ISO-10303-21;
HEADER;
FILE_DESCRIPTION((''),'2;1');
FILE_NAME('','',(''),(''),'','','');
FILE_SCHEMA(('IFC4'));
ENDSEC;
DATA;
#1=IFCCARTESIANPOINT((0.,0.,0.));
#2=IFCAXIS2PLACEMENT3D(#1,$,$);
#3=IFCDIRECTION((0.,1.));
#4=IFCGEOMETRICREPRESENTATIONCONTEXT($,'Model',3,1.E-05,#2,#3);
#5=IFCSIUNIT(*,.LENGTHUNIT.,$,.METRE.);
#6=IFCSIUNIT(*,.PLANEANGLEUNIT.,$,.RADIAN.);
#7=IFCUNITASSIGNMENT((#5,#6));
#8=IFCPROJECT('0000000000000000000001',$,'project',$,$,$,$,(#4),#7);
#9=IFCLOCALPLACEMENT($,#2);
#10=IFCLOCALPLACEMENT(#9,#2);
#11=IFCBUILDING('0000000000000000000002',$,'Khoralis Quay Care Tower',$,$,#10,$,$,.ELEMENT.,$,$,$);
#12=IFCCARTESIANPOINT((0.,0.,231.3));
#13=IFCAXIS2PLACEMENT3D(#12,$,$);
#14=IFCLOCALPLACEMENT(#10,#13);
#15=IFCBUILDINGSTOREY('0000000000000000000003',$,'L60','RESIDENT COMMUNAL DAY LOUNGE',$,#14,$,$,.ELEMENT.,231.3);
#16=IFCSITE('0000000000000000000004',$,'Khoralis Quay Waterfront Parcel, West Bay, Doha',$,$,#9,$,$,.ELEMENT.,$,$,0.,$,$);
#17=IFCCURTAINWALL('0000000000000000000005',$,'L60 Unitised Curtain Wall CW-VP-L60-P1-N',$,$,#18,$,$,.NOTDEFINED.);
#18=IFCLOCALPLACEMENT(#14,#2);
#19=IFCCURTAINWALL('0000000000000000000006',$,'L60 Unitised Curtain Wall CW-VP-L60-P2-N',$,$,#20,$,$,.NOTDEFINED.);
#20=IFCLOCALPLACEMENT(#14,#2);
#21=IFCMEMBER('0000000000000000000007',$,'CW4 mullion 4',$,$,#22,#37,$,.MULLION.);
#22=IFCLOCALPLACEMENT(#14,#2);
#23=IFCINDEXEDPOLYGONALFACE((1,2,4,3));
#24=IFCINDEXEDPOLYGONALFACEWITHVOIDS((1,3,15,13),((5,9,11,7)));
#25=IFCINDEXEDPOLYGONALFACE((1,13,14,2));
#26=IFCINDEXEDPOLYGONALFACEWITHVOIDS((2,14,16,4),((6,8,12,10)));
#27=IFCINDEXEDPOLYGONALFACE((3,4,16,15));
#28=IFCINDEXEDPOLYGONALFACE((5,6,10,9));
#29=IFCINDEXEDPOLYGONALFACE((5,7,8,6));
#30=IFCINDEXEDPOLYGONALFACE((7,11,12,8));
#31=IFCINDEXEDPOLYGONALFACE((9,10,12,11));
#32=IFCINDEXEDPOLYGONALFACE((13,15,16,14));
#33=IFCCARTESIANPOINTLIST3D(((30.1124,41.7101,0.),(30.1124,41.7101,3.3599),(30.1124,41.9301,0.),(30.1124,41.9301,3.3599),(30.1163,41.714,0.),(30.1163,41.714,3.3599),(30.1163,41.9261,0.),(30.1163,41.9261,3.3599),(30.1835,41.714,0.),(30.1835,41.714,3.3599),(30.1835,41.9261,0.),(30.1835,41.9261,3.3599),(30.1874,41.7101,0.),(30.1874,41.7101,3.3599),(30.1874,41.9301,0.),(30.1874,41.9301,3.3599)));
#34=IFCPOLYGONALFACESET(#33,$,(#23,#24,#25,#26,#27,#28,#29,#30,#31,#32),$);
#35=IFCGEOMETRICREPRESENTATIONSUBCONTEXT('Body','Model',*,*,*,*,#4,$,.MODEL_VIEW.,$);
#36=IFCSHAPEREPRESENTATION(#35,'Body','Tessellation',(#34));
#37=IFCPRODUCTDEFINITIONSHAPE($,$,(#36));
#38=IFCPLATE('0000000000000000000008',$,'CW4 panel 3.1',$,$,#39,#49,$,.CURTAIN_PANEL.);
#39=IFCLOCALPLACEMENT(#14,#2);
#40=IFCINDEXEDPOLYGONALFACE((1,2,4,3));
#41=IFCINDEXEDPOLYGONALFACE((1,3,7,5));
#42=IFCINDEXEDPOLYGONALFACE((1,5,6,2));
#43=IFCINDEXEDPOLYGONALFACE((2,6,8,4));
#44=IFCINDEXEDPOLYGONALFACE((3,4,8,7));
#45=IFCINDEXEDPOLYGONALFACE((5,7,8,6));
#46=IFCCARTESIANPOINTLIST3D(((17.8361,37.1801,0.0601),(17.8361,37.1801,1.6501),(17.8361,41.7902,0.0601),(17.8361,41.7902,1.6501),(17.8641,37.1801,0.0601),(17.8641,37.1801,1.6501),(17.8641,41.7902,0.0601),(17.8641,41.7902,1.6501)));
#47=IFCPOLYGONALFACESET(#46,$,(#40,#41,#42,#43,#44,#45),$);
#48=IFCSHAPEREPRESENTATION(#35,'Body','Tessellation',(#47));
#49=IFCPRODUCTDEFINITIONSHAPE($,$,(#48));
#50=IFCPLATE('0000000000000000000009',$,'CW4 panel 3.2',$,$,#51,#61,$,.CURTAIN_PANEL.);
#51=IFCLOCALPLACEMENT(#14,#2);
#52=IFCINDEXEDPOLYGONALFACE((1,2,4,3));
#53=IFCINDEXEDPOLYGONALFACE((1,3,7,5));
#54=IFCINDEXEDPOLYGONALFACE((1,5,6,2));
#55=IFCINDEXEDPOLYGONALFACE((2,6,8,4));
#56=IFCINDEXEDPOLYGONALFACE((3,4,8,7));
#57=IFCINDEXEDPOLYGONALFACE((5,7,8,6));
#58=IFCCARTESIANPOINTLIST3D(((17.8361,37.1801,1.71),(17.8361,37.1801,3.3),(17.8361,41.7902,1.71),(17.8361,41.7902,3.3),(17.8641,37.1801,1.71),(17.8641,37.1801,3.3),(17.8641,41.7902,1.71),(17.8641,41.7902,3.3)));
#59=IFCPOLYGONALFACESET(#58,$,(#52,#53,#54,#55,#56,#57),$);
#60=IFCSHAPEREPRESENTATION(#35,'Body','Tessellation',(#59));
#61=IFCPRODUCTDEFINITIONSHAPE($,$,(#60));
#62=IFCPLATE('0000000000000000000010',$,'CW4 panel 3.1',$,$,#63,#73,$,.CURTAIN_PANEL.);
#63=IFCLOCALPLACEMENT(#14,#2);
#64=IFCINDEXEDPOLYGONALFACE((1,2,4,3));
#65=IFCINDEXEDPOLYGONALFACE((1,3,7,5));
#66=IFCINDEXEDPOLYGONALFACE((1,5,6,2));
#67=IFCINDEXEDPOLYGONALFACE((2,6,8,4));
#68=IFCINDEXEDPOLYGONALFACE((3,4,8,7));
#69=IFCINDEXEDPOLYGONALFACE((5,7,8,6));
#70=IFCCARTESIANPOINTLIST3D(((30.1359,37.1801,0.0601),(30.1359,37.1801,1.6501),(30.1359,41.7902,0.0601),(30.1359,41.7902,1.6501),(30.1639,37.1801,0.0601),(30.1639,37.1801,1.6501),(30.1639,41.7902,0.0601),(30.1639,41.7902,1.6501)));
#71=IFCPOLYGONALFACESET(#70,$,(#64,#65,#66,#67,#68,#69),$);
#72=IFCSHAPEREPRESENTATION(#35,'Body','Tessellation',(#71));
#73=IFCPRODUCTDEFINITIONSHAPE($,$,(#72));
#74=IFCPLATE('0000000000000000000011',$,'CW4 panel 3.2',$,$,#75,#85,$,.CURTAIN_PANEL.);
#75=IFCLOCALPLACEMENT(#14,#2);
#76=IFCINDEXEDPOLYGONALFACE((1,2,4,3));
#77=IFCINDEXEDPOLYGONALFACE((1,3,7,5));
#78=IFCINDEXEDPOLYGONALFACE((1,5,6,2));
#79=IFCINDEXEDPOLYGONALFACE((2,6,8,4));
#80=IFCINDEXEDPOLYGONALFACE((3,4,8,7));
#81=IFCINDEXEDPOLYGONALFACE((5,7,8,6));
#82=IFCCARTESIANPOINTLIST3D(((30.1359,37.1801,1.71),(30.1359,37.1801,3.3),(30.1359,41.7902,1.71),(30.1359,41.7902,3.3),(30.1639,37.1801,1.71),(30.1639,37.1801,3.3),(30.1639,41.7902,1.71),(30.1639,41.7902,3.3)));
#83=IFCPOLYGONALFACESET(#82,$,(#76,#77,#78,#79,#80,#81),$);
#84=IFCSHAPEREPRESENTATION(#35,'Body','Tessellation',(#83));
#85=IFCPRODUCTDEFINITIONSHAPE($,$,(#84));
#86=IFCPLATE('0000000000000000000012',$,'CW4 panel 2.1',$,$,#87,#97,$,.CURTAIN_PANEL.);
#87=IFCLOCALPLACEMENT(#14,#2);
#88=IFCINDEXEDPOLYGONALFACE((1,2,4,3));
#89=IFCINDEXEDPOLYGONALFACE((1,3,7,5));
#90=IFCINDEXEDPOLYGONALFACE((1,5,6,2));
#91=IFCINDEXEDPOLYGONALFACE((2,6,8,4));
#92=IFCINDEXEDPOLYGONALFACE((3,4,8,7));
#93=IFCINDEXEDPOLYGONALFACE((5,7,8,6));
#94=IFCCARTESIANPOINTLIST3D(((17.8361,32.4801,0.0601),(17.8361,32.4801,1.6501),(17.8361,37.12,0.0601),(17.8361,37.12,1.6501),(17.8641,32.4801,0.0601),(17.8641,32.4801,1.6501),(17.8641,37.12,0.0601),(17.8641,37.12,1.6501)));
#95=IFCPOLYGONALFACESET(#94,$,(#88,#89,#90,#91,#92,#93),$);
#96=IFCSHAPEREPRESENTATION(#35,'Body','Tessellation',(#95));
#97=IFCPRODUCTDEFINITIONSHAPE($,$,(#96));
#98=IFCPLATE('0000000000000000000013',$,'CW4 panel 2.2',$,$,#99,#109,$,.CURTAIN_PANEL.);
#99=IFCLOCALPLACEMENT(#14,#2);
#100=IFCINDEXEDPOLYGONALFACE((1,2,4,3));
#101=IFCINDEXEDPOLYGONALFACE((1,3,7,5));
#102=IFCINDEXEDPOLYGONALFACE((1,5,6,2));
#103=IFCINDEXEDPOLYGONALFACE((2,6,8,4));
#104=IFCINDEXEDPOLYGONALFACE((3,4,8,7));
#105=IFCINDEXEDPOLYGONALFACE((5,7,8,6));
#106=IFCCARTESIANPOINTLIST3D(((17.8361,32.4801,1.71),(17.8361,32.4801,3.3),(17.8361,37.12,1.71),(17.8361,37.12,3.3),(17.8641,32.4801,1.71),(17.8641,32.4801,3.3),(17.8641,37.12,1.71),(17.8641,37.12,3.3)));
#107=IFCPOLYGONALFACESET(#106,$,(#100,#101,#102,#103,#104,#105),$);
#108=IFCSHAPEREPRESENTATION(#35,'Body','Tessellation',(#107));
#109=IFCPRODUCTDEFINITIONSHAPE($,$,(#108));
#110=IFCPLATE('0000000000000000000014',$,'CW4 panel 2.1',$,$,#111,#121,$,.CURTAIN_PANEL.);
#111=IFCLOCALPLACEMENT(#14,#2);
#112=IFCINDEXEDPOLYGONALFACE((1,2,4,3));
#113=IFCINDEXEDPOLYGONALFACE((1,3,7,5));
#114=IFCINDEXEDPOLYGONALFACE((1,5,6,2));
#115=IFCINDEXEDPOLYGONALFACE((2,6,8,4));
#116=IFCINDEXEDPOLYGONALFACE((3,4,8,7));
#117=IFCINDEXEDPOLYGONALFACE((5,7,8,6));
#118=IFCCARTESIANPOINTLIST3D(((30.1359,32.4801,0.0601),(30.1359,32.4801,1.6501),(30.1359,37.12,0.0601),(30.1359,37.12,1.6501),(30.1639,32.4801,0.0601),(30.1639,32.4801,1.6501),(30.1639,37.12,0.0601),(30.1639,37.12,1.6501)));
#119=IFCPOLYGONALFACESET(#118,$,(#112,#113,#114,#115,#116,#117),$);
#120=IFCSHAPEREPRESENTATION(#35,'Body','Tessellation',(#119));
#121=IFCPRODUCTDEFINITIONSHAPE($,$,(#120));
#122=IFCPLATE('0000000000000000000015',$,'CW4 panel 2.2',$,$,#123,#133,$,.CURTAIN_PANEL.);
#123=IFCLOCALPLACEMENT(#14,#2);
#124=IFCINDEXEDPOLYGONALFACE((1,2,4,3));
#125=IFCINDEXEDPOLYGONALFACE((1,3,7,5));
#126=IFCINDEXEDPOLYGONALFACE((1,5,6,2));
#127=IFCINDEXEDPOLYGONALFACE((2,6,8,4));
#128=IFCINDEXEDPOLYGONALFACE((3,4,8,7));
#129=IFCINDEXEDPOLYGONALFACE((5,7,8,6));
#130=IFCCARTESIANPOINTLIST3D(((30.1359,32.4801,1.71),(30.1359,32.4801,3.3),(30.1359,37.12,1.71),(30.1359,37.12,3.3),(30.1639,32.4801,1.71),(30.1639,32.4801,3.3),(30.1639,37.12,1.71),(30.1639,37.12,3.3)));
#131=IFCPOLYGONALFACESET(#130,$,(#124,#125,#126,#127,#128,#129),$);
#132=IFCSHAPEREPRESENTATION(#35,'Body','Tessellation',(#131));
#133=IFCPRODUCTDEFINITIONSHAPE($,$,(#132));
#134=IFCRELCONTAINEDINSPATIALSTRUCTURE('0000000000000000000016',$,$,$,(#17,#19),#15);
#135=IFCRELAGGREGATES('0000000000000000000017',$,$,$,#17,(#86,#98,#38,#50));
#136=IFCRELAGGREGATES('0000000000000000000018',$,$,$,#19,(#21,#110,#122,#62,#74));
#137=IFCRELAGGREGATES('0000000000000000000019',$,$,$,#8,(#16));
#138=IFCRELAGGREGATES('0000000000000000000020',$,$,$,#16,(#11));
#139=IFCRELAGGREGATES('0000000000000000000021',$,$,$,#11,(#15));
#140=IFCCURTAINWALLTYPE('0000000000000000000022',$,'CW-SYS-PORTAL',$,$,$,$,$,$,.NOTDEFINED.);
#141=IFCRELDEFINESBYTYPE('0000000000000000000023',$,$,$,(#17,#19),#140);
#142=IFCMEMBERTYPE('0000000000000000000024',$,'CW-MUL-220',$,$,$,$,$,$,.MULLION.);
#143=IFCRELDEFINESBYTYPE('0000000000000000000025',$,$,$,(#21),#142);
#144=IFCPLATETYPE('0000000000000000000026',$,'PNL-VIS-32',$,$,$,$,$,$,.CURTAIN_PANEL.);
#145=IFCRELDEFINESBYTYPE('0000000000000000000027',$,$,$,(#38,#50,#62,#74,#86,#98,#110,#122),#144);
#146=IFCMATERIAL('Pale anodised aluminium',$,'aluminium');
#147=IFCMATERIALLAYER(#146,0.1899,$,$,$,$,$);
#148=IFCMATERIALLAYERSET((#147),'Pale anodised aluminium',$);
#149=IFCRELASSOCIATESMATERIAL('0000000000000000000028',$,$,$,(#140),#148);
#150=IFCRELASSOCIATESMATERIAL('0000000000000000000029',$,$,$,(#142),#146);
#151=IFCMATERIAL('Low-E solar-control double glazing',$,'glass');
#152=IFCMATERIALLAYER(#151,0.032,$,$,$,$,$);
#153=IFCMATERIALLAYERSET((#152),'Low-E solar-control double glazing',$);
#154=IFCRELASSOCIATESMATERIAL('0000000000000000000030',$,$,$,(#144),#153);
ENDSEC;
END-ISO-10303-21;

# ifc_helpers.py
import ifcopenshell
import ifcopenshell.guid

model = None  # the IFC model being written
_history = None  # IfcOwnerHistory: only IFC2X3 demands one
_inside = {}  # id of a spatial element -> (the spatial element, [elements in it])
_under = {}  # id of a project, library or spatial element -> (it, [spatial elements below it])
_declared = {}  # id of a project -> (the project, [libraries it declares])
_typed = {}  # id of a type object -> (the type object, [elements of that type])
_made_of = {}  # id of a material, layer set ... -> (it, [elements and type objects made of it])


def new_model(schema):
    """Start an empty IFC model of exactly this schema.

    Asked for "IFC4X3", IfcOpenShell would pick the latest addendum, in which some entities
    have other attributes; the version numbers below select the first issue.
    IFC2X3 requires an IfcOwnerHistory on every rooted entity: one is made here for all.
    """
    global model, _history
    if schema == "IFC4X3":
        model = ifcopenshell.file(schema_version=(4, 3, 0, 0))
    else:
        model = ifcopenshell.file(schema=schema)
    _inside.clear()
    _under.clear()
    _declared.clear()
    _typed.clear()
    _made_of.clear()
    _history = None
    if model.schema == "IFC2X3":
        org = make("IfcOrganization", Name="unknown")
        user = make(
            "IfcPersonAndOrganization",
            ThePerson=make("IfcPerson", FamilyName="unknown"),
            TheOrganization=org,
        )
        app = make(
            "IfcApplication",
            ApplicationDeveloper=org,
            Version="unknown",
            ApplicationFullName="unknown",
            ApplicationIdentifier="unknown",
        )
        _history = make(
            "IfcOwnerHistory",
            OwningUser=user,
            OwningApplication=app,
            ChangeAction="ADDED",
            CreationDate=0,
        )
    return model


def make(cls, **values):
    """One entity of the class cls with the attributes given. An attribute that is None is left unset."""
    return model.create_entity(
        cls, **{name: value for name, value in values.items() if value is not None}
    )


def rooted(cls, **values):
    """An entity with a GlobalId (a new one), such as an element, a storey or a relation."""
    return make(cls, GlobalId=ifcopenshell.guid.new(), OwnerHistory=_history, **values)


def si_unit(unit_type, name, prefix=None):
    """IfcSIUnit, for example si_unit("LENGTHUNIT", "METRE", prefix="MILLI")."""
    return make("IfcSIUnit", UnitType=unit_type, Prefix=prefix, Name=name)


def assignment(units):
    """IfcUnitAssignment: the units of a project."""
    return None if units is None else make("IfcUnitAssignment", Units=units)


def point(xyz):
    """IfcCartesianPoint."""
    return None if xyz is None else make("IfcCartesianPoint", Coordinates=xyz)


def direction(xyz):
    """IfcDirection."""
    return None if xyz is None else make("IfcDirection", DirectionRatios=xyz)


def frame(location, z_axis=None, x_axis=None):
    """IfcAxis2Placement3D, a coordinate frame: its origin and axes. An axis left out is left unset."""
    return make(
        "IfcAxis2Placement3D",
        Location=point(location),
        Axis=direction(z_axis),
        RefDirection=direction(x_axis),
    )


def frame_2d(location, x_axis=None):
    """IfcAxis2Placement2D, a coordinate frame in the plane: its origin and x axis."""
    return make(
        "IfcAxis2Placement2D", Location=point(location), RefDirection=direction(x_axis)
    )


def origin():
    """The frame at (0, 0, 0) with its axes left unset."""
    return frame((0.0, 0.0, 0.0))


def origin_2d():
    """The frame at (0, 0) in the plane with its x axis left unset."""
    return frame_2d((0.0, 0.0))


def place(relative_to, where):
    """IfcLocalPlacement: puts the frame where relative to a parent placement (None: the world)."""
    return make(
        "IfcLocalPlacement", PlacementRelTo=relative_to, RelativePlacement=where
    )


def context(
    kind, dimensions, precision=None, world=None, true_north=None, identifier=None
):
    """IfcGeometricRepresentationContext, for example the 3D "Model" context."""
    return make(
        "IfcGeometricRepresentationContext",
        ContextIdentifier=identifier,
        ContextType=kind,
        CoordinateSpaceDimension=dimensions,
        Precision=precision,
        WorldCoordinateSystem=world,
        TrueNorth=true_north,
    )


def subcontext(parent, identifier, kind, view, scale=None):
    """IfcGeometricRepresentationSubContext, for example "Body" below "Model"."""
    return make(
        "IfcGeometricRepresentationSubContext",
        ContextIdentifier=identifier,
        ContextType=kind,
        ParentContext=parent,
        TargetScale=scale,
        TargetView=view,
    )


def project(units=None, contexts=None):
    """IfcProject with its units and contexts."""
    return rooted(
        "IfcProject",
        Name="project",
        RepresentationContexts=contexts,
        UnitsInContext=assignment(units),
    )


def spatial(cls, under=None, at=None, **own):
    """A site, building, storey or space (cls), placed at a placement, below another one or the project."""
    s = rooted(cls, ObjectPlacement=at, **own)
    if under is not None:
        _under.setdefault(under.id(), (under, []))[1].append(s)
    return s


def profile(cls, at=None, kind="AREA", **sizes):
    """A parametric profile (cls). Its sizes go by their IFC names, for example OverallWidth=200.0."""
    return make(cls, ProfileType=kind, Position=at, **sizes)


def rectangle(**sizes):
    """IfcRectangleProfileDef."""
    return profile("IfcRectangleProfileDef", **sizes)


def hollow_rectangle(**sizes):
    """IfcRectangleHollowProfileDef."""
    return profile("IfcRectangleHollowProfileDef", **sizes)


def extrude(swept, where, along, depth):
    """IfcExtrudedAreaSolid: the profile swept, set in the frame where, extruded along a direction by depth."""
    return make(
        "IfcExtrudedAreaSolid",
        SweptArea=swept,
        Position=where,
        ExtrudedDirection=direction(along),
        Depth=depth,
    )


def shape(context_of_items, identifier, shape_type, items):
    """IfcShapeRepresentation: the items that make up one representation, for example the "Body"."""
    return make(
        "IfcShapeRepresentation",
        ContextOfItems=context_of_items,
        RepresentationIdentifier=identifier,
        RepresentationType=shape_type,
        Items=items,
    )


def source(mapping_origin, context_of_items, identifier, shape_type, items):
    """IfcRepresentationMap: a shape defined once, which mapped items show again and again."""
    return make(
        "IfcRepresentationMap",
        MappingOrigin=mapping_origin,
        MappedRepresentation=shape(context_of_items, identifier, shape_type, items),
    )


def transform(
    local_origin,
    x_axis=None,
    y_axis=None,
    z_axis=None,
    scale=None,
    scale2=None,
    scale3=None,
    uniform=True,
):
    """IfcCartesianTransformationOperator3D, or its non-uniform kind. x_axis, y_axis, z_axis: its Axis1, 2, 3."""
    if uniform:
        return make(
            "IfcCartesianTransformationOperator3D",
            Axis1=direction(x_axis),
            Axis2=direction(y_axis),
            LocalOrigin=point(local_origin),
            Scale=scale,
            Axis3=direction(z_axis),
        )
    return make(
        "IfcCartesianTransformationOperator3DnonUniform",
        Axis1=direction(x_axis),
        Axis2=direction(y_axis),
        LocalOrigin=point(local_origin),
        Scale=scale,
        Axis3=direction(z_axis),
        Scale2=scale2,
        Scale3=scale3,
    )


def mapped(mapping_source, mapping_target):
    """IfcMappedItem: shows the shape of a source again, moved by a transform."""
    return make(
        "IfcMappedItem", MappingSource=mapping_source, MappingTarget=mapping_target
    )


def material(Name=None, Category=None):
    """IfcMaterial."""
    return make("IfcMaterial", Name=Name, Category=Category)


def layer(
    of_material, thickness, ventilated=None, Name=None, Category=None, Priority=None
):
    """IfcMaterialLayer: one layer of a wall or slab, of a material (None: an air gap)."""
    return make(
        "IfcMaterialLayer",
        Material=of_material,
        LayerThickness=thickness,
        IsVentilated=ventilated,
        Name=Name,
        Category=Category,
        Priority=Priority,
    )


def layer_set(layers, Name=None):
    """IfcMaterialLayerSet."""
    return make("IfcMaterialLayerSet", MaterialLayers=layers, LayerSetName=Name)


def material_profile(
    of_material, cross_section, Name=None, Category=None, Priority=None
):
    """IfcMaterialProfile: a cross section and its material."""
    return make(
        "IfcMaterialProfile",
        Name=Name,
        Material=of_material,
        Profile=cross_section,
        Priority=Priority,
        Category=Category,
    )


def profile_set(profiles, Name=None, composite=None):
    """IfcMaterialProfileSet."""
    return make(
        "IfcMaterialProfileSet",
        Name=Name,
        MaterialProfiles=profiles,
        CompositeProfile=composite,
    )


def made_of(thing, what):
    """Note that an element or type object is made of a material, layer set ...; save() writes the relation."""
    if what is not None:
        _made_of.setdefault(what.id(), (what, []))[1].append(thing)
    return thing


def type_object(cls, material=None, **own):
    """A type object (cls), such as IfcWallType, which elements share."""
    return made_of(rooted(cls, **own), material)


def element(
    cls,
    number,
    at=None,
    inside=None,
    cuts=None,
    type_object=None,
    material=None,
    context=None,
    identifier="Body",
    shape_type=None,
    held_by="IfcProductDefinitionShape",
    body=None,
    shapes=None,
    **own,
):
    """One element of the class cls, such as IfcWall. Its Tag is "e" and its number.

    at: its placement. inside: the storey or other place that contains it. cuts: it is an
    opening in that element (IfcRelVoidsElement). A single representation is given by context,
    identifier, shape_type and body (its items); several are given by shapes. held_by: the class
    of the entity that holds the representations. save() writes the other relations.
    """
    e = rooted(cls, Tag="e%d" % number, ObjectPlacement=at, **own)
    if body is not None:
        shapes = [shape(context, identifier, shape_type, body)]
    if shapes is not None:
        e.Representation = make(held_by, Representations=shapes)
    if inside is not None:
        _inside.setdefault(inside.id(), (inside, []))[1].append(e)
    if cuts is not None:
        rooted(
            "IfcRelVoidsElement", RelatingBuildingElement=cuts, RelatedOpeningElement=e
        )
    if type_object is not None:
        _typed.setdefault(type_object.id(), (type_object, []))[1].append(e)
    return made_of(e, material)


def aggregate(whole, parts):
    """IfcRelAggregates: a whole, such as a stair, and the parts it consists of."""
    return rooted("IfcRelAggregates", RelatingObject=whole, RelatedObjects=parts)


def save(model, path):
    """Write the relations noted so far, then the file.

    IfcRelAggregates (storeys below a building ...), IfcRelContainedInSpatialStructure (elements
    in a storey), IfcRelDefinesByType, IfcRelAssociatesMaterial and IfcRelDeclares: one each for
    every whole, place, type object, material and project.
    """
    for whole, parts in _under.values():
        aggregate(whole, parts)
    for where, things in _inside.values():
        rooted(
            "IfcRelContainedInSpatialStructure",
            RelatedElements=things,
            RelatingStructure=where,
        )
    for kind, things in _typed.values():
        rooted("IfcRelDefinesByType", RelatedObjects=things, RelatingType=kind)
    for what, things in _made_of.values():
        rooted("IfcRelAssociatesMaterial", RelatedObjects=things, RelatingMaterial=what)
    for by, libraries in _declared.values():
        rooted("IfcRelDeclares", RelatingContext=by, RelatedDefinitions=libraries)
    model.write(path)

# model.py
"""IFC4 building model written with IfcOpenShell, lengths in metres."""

from ifc_helpers import new_model, si_unit, direction, frame, origin, origin_2d, place, context, subcontext, project, spatial, rectangle, hollow_rectangle, extrude, source, transform, mapped, material, layer, layer_set, material_profile, profile_set, type_object, element, aggregate, save


model = new_model("IFC4")

# Units and contexts
model_context = context("Model", 3, precision=1e-05, world=origin(), true_north=direction((0.0, 1.0)))
body_context = subcontext(model_context, "Body", "Model", "MODEL_VIEW")
ifc_project = project(units=[si_unit("LENGTHUNIT", "METRE"), si_unit("PLANEANGLEUNIT", "RADIAN")], contexts=[model_context])

# Site, building, storey
site_placement = place(None, origin())
site = spatial("IfcSite", under=ifc_project, at=site_placement, Name="Khoralis Quay Waterfront Parcel, West Bay, Doha", CompositionType="ELEMENT", RefElevation=0.0)
building_placement = place(site_placement, origin())
building = spatial("IfcBuilding", under=site, at=building_placement, Name="Khoralis Quay Care Tower", CompositionType="ELEMENT")
storey_placement = place(building_placement, frame((0.0, 0.0, 231.3)))
storey = spatial("IfcBuildingStorey", under=building, at=storey_placement, Name="L60", Description="RESIDENT COMMUNAL DAY LOUNGE", CompositionType="ELEMENT", Elevation=231.3)

# Curtain walls
ifc_material_1 = material(Name="Pale anodised aluminium", Category="aluminium")
ifc_layer_1 = layer(ifc_material_1, 0.1899)
ifc_layer_set_1 = layer_set([ifc_layer_1], Name="Pale anodised aluminium")
curtain_wall_type = type_object("IfcCurtainWallType", Name="CW-SYS-PORTAL", PredefinedType="NOTDEFINED", material=ifc_layer_set_1)
curtain_wall_1_placement = place(storey_placement, origin())
curtain_wall_1 = element("IfcCurtainWall", 1, at=curtain_wall_1_placement, inside=storey, type_object=curtain_wall_type, Name="L60 Unitised Curtain Wall CW-VP-L60-P1-N", PredefinedType="NOTDEFINED")
curtain_wall_2_placement = place(storey_placement, origin())
curtain_wall_2 = element("IfcCurtainWall", 2, at=curtain_wall_2_placement, inside=storey, type_object=curtain_wall_type, Name="L60 Unitised Curtain Wall CW-VP-L60-P2-N", PredefinedType="NOTDEFINED")

# Member
ifc_material_profile_1 = material_profile(ifc_material_1, hollow_rectangle(XDim=0.075, YDim=0.22, WallThickness=0.0039, at=origin_2d()), Name="Pale anodised aluminium")
ifc_profile_set_1 = profile_set([ifc_material_profile_1], Name="Pale anodised aluminium")
member_type_1 = type_object("IfcMemberType", Name="CW-MUL-220", PredefinedType="MULLION", material=ifc_profile_set_1)
shared_shape_1 = source(origin(), body_context, "Body", "SweptSolid", [
    extrude(hollow_rectangle(XDim=0.075, YDim=0.22, WallThickness=0.0039, at=origin_2d()), origin(), (0.0, 0.0, 1.0), 3.3599),
])
member_1_placement = place(storey_placement, frame((30.1499, 41.8201, 0.0), z_axis=(0.0, 0.0, 1.0), x_axis=(-1.0, 0.0, 0.0)))
member_1 = element("IfcMember", 3, at=member_1_placement, type_object=member_type_1, Name="CW4 mullion 4", PredefinedType="MULLION", context=body_context, shape_type="MappedRepresentation", body=[
    mapped(shared_shape_1, transform((0.0, 0.0, 0.0), scale=1.0)),
])

# Plates
ifc_material_2 = material(Name="Low-E solar-control double glazing", Category="glass")
ifc_layer_2 = layer(ifc_material_2, 0.032)
ifc_layer_set_2 = layer_set([ifc_layer_2], Name="Low-E solar-control double glazing")
plate_type = type_object("IfcPlateType", Name="PNL-VIS-32", PredefinedType="CURTAIN_PANEL", material=ifc_layer_set_2)
shared_shape_2 = source(origin(), body_context, "Body", "SweptSolid", [
    extrude(rectangle(XDim=4.6101, YDim=0.0281, at=origin_2d()), origin(), (0.0, 0.0, 1.0), 1.5901),
])
plate_1_placement = place(storey_placement, frame((17.8501, 39.4851, 0.0601), z_axis=(0.0, 0.0, 1.0), x_axis=(0.0, 1.0, 0.0)))
plate_1 = element("IfcPlate", 4, at=plate_1_placement, type_object=plate_type, Name="CW4 panel 3.1", PredefinedType="CURTAIN_PANEL", context=body_context, shape_type="MappedRepresentation", body=[
    mapped(shared_shape_2, transform((0.0, 0.0, 0.0), scale=1.0)),
])
plate_2_placement = place(storey_placement, frame((17.8501, 39.4851, 1.71), z_axis=(0.0, 0.0, 1.0), x_axis=(0.0, 1.0, 0.0)))
plate_2 = element("IfcPlate", 5, at=plate_2_placement, type_object=plate_type, Name="CW4 panel 3.2", PredefinedType="CURTAIN_PANEL", context=body_context, shape_type="MappedRepresentation", body=[
    mapped(shared_shape_2, transform((0.0, 0.0, 0.0), scale=1.0)),
])
plate_3_placement = place(storey_placement, frame((30.1499, 39.4851, 0.0601), z_axis=(0.0, 0.0, 1.0), x_axis=(0.0, 1.0, 0.0)))
plate_3 = element("IfcPlate", 6, at=plate_3_placement, type_object=plate_type, Name="CW4 panel 3.1", PredefinedType="CURTAIN_PANEL", context=body_context, shape_type="MappedRepresentation", body=[
    mapped(shared_shape_2, transform((0.0, 0.0, 0.0), scale=1.0)),
])
plate_4_placement = place(storey_placement, frame((30.1499, 39.4851, 1.71), z_axis=(0.0, 0.0, 1.0), x_axis=(0.0, 1.0, 0.0)))
plate_4 = element("IfcPlate", 7, at=plate_4_placement, type_object=plate_type, Name="CW4 panel 3.2", PredefinedType="CURTAIN_PANEL", context=body_context, shape_type="MappedRepresentation", body=[
    mapped(shared_shape_2, transform((0.0, 0.0, 0.0), scale=1.0)),
])
shared_shape_3 = source(origin(), body_context, "Body", "SweptSolid", [
    extrude(rectangle(XDim=4.6399, YDim=0.0281, at=origin_2d()), origin(), (0.0, 0.0, 1.0), 1.5901),
])
plate_5_placement = place(storey_placement, frame((17.8501, 34.8, 0.0601), z_axis=(0.0, 0.0, 1.0), x_axis=(0.0, 1.0, 0.0)))
plate_5 = element("IfcPlate", 8, at=plate_5_placement, type_object=plate_type, Name="CW4 panel 2.1", PredefinedType="CURTAIN_PANEL", context=body_context, shape_type="MappedRepresentation", body=[
    mapped(shared_shape_3, transform((0.0, 0.0, 0.0), scale=1.0)),
])
plate_6_placement = place(storey_placement, frame((17.8501, 34.8, 1.71), z_axis=(0.0, 0.0, 1.0), x_axis=(0.0, 1.0, 0.0)))
plate_6 = element("IfcPlate", 9, at=plate_6_placement, type_object=plate_type, Name="CW4 panel 2.2", PredefinedType="CURTAIN_PANEL", context=body_context, shape_type="MappedRepresentation", body=[
    mapped(shared_shape_3, transform((0.0, 0.0, 0.0), scale=1.0)),
])
aggregate(curtain_wall_1, [plate_5, plate_6, plate_1, plate_2])
plate_7_placement = place(storey_placement, frame((30.1499, 34.8, 0.0601), z_axis=(0.0, 0.0, 1.0), x_axis=(0.0, 1.0, 0.0)))
plate_7 = element("IfcPlate", 10, at=plate_7_placement, type_object=plate_type, Name="CW4 panel 2.1", PredefinedType="CURTAIN_PANEL", context=body_context, shape_type="MappedRepresentation", body=[
    mapped(shared_shape_3, transform((0.0, 0.0, 0.0), scale=1.0)),
])
plate_8_placement = place(storey_placement, frame((30.1499, 34.8, 1.71), z_axis=(0.0, 0.0, 1.0), x_axis=(0.0, 1.0, 0.0)))
plate_8 = element("IfcPlate", 11, at=plate_8_placement, type_object=plate_type, Name="CW4 panel 2.2", PredefinedType="CURTAIN_PANEL", context=body_context, shape_type="MappedRepresentation", body=[
    mapped(shared_shape_3, transform((0.0, 0.0, 0.0), scale=1.0)),
])
aggregate(curtain_wall_2, [member_1, plate_7, plate_8, plate_3, plate_4])

save(model, "model.ifc")
